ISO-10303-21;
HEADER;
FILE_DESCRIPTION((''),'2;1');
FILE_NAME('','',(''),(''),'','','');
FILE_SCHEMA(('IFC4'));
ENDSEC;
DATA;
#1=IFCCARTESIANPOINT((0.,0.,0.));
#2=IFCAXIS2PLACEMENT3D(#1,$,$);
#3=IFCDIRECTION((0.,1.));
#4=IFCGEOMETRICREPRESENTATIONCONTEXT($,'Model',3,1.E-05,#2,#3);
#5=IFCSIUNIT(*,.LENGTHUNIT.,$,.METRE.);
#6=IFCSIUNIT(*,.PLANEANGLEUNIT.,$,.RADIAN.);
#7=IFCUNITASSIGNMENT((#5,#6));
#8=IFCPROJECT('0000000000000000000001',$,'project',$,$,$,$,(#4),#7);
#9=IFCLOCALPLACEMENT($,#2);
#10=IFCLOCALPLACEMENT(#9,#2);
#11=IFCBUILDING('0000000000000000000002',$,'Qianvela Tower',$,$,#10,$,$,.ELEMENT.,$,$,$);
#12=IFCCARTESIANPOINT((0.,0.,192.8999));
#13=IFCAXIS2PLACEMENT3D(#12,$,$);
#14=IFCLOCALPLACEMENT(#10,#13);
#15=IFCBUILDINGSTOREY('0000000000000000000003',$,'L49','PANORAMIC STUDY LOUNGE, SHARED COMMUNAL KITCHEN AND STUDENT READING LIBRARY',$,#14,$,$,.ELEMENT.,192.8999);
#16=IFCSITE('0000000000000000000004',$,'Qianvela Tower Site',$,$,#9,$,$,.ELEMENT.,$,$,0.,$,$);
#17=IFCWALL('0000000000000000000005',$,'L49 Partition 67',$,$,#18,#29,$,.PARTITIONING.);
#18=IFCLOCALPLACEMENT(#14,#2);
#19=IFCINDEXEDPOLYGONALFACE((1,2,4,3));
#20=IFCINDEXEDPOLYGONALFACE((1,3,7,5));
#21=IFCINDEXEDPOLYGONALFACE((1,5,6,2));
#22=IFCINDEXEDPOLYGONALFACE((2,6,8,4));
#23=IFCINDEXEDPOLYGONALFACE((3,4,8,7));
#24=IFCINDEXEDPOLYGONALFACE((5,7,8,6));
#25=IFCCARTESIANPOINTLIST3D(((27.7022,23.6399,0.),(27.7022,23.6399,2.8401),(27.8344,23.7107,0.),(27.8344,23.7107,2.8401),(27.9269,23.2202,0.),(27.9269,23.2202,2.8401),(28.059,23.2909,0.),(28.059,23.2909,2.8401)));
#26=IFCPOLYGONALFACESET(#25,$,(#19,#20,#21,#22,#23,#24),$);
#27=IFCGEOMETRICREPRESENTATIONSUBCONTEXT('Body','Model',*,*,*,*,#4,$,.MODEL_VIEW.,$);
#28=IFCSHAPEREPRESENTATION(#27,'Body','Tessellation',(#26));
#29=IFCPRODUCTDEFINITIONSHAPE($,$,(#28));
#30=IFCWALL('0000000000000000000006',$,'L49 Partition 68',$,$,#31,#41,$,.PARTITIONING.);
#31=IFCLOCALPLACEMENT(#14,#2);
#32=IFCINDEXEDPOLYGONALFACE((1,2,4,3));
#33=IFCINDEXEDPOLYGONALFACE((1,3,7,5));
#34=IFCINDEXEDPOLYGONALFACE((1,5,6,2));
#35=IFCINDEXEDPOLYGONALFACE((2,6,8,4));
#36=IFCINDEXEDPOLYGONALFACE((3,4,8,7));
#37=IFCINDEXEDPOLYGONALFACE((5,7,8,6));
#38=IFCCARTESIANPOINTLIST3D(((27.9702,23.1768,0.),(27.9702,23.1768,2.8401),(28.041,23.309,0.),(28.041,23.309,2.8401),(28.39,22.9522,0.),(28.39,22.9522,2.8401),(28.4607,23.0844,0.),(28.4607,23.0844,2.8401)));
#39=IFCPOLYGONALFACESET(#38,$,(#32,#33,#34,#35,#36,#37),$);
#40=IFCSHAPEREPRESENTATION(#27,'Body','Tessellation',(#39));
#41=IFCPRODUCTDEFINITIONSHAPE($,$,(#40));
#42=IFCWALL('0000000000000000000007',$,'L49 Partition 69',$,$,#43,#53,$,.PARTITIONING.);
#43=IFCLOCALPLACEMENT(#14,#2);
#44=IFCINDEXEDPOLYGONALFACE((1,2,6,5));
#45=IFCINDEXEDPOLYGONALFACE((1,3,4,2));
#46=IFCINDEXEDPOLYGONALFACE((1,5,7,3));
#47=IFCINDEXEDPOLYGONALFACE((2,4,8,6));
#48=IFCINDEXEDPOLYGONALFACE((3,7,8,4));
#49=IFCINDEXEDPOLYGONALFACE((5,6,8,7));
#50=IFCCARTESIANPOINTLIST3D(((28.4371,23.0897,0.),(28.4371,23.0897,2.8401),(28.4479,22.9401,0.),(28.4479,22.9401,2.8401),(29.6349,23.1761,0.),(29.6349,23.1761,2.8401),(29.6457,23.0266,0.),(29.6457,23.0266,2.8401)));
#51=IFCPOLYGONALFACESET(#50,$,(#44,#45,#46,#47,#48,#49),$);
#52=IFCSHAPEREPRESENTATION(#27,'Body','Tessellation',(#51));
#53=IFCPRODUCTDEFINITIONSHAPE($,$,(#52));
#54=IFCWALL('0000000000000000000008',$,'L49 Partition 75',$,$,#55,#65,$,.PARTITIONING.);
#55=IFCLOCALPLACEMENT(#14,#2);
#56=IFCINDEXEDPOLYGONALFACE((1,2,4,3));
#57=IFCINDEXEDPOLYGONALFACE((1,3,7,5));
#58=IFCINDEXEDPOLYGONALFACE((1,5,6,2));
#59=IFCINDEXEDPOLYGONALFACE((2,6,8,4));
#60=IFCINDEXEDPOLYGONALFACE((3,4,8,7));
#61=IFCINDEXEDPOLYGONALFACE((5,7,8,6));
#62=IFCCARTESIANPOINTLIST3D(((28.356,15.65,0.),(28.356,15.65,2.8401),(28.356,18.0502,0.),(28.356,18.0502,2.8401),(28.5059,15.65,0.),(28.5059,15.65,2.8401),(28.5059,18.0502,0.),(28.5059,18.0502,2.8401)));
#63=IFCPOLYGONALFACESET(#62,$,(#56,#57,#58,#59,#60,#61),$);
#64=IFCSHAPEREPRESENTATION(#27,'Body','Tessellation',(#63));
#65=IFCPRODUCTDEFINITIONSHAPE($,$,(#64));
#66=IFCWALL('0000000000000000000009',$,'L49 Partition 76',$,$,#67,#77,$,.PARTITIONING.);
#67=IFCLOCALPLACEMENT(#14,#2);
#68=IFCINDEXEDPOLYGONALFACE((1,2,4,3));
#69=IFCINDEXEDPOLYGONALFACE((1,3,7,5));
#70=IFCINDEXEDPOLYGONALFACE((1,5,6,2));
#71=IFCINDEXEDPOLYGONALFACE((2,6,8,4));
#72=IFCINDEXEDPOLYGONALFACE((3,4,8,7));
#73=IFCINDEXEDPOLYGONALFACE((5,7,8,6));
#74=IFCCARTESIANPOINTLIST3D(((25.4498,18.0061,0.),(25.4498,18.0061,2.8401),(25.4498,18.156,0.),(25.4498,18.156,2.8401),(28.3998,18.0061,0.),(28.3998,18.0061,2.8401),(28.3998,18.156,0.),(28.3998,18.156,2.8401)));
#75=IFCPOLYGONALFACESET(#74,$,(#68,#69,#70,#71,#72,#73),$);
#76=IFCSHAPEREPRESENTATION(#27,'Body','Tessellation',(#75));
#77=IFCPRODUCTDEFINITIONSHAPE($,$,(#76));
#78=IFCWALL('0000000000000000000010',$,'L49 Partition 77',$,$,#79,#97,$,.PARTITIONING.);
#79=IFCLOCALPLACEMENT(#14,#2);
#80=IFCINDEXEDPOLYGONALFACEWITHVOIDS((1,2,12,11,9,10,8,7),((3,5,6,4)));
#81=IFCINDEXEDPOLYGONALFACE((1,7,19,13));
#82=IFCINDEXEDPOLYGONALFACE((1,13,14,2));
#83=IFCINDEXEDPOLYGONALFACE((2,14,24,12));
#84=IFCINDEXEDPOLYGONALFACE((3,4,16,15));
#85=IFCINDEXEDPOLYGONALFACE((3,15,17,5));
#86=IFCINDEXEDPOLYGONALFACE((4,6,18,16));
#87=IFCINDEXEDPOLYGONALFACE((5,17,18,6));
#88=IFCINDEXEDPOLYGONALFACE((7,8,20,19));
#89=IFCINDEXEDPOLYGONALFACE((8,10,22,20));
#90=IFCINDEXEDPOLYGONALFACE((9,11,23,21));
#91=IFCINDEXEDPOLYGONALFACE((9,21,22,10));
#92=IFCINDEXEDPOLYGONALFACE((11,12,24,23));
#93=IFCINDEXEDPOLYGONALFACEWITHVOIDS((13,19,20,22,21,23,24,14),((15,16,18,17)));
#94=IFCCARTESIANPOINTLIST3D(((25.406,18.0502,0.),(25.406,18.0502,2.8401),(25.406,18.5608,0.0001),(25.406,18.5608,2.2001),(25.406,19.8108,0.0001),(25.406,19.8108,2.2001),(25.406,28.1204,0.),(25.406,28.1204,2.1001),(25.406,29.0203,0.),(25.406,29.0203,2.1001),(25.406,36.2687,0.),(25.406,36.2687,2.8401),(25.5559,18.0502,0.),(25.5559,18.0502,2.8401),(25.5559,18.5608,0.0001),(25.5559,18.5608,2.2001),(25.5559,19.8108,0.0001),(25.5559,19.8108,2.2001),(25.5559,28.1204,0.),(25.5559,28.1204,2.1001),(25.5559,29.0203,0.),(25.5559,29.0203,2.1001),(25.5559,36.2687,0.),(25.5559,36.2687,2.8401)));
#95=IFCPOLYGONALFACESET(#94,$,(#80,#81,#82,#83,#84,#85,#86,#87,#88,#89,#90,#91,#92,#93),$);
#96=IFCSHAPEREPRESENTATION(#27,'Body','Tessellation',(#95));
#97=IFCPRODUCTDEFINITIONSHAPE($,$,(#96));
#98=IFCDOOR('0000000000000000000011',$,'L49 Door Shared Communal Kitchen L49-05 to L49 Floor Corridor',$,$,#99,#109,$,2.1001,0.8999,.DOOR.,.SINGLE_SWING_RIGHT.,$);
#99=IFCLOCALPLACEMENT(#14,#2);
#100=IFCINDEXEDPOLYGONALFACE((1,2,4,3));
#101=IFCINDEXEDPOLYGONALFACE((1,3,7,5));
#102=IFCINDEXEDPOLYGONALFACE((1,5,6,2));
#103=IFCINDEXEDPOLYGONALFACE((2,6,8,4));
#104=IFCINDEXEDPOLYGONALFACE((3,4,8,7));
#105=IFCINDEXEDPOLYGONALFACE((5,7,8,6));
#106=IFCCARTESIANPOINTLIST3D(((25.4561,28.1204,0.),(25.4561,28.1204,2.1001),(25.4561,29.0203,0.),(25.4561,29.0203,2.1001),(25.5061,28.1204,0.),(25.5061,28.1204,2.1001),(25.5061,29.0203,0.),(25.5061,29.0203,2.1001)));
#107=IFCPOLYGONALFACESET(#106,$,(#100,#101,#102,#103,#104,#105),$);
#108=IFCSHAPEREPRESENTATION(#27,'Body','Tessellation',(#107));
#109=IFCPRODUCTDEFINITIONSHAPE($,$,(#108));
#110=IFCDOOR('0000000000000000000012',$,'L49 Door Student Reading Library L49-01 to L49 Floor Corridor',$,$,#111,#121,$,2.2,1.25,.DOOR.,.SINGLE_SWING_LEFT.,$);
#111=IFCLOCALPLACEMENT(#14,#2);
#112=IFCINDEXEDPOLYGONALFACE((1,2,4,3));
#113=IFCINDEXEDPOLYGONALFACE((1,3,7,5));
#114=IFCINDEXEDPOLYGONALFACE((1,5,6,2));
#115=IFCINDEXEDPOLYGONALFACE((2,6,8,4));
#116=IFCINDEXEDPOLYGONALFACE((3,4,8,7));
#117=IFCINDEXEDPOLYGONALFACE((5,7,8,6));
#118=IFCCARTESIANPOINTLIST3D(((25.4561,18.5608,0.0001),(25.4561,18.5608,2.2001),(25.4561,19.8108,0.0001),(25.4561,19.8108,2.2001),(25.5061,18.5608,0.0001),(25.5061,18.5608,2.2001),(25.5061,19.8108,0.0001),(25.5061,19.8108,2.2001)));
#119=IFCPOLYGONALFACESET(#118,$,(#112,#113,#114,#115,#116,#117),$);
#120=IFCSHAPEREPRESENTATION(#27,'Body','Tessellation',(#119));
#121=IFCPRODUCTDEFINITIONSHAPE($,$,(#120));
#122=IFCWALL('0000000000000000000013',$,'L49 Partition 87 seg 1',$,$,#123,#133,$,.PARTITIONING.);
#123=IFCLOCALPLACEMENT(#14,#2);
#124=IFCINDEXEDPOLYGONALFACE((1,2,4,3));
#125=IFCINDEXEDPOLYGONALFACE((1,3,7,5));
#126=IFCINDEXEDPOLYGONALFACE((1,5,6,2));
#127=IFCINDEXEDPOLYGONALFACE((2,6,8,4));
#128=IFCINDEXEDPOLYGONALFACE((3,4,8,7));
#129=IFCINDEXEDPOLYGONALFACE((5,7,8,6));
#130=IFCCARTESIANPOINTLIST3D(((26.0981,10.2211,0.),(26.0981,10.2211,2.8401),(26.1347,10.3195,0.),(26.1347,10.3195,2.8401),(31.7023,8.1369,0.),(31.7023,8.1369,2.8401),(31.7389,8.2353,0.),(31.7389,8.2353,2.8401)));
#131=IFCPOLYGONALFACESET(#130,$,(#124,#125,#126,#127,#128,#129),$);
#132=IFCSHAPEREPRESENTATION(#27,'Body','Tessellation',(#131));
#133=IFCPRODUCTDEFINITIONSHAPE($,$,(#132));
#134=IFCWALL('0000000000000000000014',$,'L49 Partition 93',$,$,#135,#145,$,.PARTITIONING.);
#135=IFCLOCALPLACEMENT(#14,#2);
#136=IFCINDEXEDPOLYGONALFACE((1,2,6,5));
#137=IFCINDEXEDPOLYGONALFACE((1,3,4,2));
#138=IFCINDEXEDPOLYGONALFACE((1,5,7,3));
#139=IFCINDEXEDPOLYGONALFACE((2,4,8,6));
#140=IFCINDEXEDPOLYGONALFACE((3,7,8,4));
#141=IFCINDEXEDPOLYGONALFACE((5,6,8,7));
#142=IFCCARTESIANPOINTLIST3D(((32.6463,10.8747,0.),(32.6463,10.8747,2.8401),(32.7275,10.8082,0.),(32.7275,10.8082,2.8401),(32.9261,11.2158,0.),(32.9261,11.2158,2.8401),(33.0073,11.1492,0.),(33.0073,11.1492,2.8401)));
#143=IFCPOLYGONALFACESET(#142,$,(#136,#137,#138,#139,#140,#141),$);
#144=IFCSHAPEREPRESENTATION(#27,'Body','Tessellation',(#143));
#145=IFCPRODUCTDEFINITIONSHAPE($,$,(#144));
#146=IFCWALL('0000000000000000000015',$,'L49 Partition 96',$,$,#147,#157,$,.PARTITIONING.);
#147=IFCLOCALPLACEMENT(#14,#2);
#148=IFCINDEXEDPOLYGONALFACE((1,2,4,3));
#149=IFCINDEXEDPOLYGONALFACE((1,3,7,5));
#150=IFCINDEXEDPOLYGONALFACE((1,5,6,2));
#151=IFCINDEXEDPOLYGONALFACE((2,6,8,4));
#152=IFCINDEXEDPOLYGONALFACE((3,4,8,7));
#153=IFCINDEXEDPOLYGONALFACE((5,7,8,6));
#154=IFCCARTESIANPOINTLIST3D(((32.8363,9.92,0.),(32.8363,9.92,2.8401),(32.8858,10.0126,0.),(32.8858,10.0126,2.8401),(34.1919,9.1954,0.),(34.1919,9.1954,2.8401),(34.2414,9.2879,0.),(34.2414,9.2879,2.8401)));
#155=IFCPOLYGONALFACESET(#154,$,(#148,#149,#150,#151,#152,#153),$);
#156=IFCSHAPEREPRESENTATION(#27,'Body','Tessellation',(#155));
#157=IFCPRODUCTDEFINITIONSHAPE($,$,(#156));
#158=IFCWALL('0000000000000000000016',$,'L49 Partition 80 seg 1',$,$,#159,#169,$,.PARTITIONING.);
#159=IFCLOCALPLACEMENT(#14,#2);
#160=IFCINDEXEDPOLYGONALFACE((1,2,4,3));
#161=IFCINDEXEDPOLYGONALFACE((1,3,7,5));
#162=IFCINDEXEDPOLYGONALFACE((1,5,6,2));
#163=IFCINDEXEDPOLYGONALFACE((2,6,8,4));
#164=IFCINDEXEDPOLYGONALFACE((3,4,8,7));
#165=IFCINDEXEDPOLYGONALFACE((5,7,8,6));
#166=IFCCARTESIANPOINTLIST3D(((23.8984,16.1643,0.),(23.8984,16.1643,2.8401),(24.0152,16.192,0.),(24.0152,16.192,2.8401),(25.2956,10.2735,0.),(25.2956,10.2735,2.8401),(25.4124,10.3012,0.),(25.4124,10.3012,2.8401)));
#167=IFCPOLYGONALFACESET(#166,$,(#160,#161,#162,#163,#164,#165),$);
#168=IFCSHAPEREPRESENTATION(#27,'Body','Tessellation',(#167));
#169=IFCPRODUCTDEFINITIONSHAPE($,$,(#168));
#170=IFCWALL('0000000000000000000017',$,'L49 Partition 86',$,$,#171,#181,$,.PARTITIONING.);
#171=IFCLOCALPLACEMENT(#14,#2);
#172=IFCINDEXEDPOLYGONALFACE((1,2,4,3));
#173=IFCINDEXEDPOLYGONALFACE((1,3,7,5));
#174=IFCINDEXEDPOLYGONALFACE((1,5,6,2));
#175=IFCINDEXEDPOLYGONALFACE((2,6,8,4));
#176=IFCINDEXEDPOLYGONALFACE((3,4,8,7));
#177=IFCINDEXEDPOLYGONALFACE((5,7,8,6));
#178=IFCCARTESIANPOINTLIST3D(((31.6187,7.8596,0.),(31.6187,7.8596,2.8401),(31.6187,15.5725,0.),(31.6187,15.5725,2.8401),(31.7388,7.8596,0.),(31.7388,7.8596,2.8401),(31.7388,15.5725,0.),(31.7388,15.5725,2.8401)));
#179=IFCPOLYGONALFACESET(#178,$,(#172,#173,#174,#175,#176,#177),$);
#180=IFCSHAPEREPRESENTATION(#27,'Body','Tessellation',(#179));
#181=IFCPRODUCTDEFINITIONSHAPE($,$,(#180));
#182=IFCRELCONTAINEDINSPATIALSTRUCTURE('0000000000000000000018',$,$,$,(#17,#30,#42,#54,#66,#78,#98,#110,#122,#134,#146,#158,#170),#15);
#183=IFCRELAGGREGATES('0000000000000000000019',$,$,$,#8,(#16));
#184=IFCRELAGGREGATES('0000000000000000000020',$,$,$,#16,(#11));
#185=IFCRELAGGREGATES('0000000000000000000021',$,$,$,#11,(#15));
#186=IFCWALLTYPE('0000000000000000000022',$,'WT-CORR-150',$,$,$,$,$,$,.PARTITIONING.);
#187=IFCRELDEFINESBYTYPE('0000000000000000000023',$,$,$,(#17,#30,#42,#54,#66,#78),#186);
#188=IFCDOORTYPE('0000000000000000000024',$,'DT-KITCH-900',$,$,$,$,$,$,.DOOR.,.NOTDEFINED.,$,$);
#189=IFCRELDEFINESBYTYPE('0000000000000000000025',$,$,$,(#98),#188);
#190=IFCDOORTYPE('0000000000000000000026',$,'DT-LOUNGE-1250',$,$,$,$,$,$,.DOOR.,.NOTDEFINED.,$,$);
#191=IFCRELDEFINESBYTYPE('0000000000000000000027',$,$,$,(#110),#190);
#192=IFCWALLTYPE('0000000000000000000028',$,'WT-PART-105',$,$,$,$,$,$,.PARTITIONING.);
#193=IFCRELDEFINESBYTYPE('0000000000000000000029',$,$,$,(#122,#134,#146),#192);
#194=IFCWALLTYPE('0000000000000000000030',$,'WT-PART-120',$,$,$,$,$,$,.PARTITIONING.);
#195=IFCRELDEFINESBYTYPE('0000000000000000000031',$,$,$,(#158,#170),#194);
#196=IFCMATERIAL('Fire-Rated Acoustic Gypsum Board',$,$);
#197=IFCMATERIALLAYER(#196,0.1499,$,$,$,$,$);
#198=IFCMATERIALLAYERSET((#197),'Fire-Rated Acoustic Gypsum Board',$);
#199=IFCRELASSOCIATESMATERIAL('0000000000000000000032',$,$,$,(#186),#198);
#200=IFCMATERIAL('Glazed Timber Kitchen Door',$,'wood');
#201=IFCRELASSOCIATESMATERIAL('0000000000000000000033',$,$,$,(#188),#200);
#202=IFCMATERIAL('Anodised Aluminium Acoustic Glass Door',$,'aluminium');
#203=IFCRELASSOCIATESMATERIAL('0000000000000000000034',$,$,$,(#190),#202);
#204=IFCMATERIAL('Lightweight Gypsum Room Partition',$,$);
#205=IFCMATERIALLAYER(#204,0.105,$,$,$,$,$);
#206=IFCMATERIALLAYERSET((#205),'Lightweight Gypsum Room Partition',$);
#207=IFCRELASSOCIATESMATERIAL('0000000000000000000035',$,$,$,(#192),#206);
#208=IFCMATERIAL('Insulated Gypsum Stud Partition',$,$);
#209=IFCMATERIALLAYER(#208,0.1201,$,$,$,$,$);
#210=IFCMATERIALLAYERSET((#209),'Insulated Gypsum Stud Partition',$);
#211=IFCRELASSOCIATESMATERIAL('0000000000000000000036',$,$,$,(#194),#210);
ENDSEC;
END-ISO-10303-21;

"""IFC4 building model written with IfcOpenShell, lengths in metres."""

from ifc_helpers import new_model, si_unit, direction, frame, frame_2d, origin, place, context, subcontext, project, spatial, rectangle, extrude, material, layer, layer_set, type_object, element, fill, save


model = new_model("IFC4")

# Units and contexts
model_context = context("Model", 3, precision=1e-05, world=origin(), true_north=direction((0.0, 1.0)))
body_context = subcontext(model_context, "Body", "Model", "MODEL_VIEW")
ifc_project = project(units=[si_unit("LENGTHUNIT", "METRE"), si_unit("PLANEANGLEUNIT", "RADIAN")], contexts=[model_context])

# Site, building, storey
site_placement = place(None, origin())
site = spatial("IfcSite", under=ifc_project, at=site_placement, Name="Qianvela Tower Site", CompositionType="ELEMENT", RefElevation=0.0)
building_placement = place(site_placement, origin())
building = spatial("IfcBuilding", under=site, at=building_placement, Name="Qianvela Tower", CompositionType="ELEMENT")
storey_placement = place(building_placement, frame((0.0, 0.0, 192.8999)))
storey = spatial("IfcBuildingStorey", under=building, at=storey_placement, Name="L49", Description="PANORAMIC STUDY LOUNGE, SHARED COMMUNAL KITCHEN AND STUDENT READING LIBRARY", CompositionType="ELEMENT", Elevation=192.8999)

# Walls
ifc_material_1 = material(Name="Fire-Rated Acoustic Gypsum Board")
ifc_layer_1 = layer(ifc_material_1, 0.1499)
ifc_layer_set_1 = layer_set([ifc_layer_1], Name="Fire-Rated Acoustic Gypsum Board")
wall_type_1 = type_object("IfcWallType", Name="WT-CORR-150", PredefinedType="PARTITIONING", material=ifc_layer_set_1)
for number, where, z_axis, x_axis, name in (
    (1, (27.7683, 23.6753, 0.0), (0.0, 0.0, 1.0), (0.471866, -0.881671, 0.0), "L49 Partition 67"),
    (2, (28.0056, 23.2429, 0.0), (0.0, 0.0, 1.0), (0.881671, -0.471866, 0.0), "L49 Partition 68"),
):
    element("IfcWall", number, at=place(storey_placement, frame(where, z_axis=z_axis, x_axis=x_axis)), inside=storey, type_object=wall_type_1, Name=name, PredefinedType="PARTITIONING", context=body_context, shape_type="SweptSolid", body=[
        extrude(rectangle(XDim=0.4761, YDim=0.1499, at=frame_2d((0.238, 0.0))), origin(), (0.0, 0.0, 1.0), 2.8401),
    ])
wall_1_placement = place(storey_placement, frame((28.4424, 23.0149, 0.0), z_axis=(0.0, 0.0, 1.0), x_axis=(0.997407, 0.071969, 0.0)))
element("IfcWall", 3, at=wall_1_placement, inside=storey, type_object=wall_type_1, Name="L49 Partition 69", PredefinedType="PARTITIONING", context=body_context, shape_type="SweptSolid", body=[
    extrude(rectangle(XDim=1.2009, YDim=0.1499, at=frame_2d((0.6006, 0.0))), origin(), (0.0, 0.0, 1.0), 2.8401),
])
wall_2_placement = place(storey_placement, frame((28.4309, 15.6499, 0.0), z_axis=(0.0, 0.0, 1.0), x_axis=(0.0, 1.0, 0.0)))
element("IfcWall", 4, at=wall_2_placement, inside=storey, type_object=wall_type_1, Name="L49 Partition 75", PredefinedType="PARTITIONING", context=body_context, shape_type="SweptSolid", body=[
    extrude(rectangle(XDim=2.4001, YDim=0.1499, at=frame_2d((1.2002, 0.0))), origin(), (0.0, 0.0, 1.0), 2.8401),
])
wall_3_placement = place(storey_placement, frame((28.3999, 18.0811, 0.0), z_axis=(0.0, 0.0, 1.0), x_axis=(-1.0, 0.0, 0.0)))
element("IfcWall", 5, at=wall_3_placement, inside=storey, type_object=wall_type_1, Name="L49 Partition 76", PredefinedType="PARTITIONING", context=body_context, shape_type="SweptSolid", body=[
    extrude(rectangle(XDim=2.95, YDim=0.1499, at=frame_2d((1.4751, 0.0))), origin(), (0.0, 0.0, 1.0), 2.8401),
])

# Wall, openings, doors
wall_4_placement = place(storey_placement, frame((25.481, 18.05, 0.0), z_axis=(0.0, 0.0, 1.0), x_axis=(0.0, 1.0, 0.0)))
wall_4 = element("IfcWall", 6, at=wall_4_placement, inside=storey, type_object=wall_type_1, Name="L49 Partition 77", PredefinedType="PARTITIONING", context=body_context, shape_type="SweptSolid", body=[
    extrude(rectangle(XDim=18.2185, YDim=0.1499, at=frame_2d((9.1094, 0.0))), origin(), (0.0, 0.0, 1.0), 2.8401),
])
opening_1_placement = place(wall_4_placement, frame((0.5107, 0.0, 0.0)))
opening_1 = element("IfcOpeningElement", 7, at=opening_1_placement, cuts=wall_4, PredefinedType="OPENING", context=body_context, shape_type="SweptSolid", body=[
    extrude(rectangle(XDim=1.25, YDim=2.2, at=frame_2d((0.625, 1.1001))), frame((0.0, 0.085, 0.0), z_axis=(0.0, -1.0, 0.0), x_axis=(1.0, 0.0, 0.0)), (0.0, 0.0, 1.0), 0.1699),
])
opening_2_placement = place(wall_4_placement, frame((10.0703, 0.0, 0.0)))
opening_2 = element("IfcOpeningElement", 8, at=opening_2_placement, cuts=wall_4, PredefinedType="OPENING", context=body_context, shape_type="SweptSolid", body=[
    extrude(rectangle(XDim=0.8999, YDim=2.1001, at=frame_2d((0.45, 1.05))), frame((0.0, 0.085, 0.0), z_axis=(0.0, -1.0, 0.0), x_axis=(1.0, 0.0, 0.0)), (0.0, 0.0, 1.0), 0.1699),
])
ifc_material_2 = material(Name="Glazed Timber Kitchen Door", Category="wood")
door_type_1 = type_object("IfcDoorType", Name="DT-KITCH-900", OperationType="NOTDEFINED", PredefinedType="DOOR", material=ifc_material_2)
door_1_placement = place(opening_2_placement, origin())
door_1 = element("IfcDoor", 9, at=door_1_placement, inside=storey, type_object=door_type_1, Name="L49 Door Shared Communal Kitchen L49-05 to L49 Floor Corridor", OperationType="SINGLE_SWING_RIGHT", OverallHeight=2.1001, OverallWidth=0.8999, PredefinedType="DOOR", context=body_context, shape_type="SweptSolid", body=[
    extrude(rectangle(XDim=0.8999, YDim=2.1001, at=frame_2d((0.45, 1.05))), frame((0.0, 0.0249, 0.0), z_axis=(0.0, -1.0, 0.0), x_axis=(1.0, 0.0, 0.0)), (0.0, 0.0, 1.0), 0.05),
])
fill(opening_2, door_1)
ifc_material_3 = material(Name="Anodised Aluminium Acoustic Glass Door", Category="aluminium")
door_type_2 = type_object("IfcDoorType", Name="DT-LOUNGE-1250", OperationType="NOTDEFINED", PredefinedType="DOOR", material=ifc_material_3)
door_2_placement = place(opening_1_placement, origin())
door_2 = element("IfcDoor", 10, at=door_2_placement, inside=storey, type_object=door_type_2, Name="L49 Door Student Reading Library L49-01 to L49 Floor Corridor", OperationType="SINGLE_SWING_LEFT", OverallHeight=2.2, OverallWidth=1.25, PredefinedType="DOOR", context=body_context, shape_type="SweptSolid", body=[
    extrude(rectangle(XDim=1.25, YDim=2.2, at=frame_2d((0.625, 1.1001))), frame((0.0, 0.0249, 0.0), z_axis=(0.0, -1.0, 0.0), x_axis=(1.0, 0.0, 0.0)), (0.0, 0.0, 1.0), 0.05),
])
fill(opening_1, door_2)

# Walls
ifc_material_4 = material(Name="Lightweight Gypsum Room Partition")
ifc_layer_2 = layer(ifc_material_4, 0.105)
ifc_layer_set_2 = layer_set([ifc_layer_2], Name="Lightweight Gypsum Room Partition")
wall_type_2 = type_object("IfcWallType", Name="WT-PART-105", PredefinedType="PARTITIONING", material=ifc_layer_set_2)
wall_5_placement = place(storey_placement, frame((31.7207, 8.186, 0.0), z_axis=(0.0, 0.0, 1.0), x_axis=(-0.93728, 0.348576, 0.0)))
element("IfcWall", 11, at=wall_5_placement, inside=storey, type_object=wall_type_2, Name="L49 Partition 87 seg 1", PredefinedType="PARTITIONING", context=body_context, shape_type="SweptSolid", body=[
    extrude(rectangle(XDim=5.9792, YDim=0.105, at=frame_2d((2.9897, 0.0))), origin(), (0.0, 0.0, 1.0), 2.8401),
])
wall_6_placement = place(storey_placement, frame((32.9668, 11.1826, 0.0), z_axis=(0.0, 0.0, 1.0), x_axis=(-0.634232, -0.773143, 0.0)))
element("IfcWall", 12, at=wall_6_placement, inside=storey, type_object=wall_type_2, Name="L49 Partition 93", PredefinedType="PARTITIONING", context=body_context, shape_type="SweptSolid", body=[
    extrude(rectangle(XDim=0.4412, YDim=0.105, at=frame_2d((0.2207, 0.0))), origin(), (0.0, 0.0, 1.0), 2.8401),
])
wall_7_placement = place(storey_placement, frame((32.8611, 9.9663, 0.0), z_axis=(0.0, 0.0, 1.0), x_axis=(0.881895, -0.471445, 0.0)))
element("IfcWall", 13, at=wall_7_placement, inside=storey, type_object=wall_type_2, Name="L49 Partition 96", PredefinedType="PARTITIONING", context=body_context, shape_type="SweptSolid", body=[
    extrude(rectangle(XDim=1.5371, YDim=0.105, at=frame_2d((0.7686, 0.0))), origin(), (0.0, 0.0, 1.0), 2.8401),
])
ifc_material_5 = material(Name="Insulated Gypsum Stud Partition")
ifc_layer_3 = layer(ifc_material_5, 0.1201)
ifc_layer_set_3 = layer_set([ifc_layer_3], Name="Insulated Gypsum Stud Partition")
wall_type_3 = type_object("IfcWallType", Name="WT-PART-120", PredefinedType="PARTITIONING", material=ifc_layer_set_3)
wall_8_placement = place(storey_placement, frame((25.354, 10.2874, 0.0), z_axis=(0.0, 0.0, 1.0), x_axis=(-0.230781, 0.973006, 0.0)))
element("IfcWall", 14, at=wall_8_placement, inside=storey, type_object=wall_type_3, Name="L49 Partition 80 seg 1", PredefinedType="PARTITIONING", context=body_context, shape_type="SweptSolid", body=[
    extrude(rectangle(XDim=6.0542, YDim=0.1201, at=frame_2d((3.0271, 0.0))), origin(), (0.0, 0.0, 1.0), 2.8401),
])
wall_9_placement = place(storey_placement, frame((31.6787, 15.5725, 0.0), z_axis=(0.0, 0.0, 1.0), x_axis=(0.0, -1.0, 0.0)))
element("IfcWall", 15, at=wall_9_placement, inside=storey, type_object=wall_type_3, Name="L49 Partition 86", PredefinedType="PARTITIONING", context=body_context, shape_type="SweptSolid", body=[
    extrude(rectangle(XDim=7.7129, YDim=0.1201, at=frame_2d((3.8564, 0.0))), origin(), (0.0, 0.0, 1.0), 2.8401),
])

save(model, "model.ifc")
